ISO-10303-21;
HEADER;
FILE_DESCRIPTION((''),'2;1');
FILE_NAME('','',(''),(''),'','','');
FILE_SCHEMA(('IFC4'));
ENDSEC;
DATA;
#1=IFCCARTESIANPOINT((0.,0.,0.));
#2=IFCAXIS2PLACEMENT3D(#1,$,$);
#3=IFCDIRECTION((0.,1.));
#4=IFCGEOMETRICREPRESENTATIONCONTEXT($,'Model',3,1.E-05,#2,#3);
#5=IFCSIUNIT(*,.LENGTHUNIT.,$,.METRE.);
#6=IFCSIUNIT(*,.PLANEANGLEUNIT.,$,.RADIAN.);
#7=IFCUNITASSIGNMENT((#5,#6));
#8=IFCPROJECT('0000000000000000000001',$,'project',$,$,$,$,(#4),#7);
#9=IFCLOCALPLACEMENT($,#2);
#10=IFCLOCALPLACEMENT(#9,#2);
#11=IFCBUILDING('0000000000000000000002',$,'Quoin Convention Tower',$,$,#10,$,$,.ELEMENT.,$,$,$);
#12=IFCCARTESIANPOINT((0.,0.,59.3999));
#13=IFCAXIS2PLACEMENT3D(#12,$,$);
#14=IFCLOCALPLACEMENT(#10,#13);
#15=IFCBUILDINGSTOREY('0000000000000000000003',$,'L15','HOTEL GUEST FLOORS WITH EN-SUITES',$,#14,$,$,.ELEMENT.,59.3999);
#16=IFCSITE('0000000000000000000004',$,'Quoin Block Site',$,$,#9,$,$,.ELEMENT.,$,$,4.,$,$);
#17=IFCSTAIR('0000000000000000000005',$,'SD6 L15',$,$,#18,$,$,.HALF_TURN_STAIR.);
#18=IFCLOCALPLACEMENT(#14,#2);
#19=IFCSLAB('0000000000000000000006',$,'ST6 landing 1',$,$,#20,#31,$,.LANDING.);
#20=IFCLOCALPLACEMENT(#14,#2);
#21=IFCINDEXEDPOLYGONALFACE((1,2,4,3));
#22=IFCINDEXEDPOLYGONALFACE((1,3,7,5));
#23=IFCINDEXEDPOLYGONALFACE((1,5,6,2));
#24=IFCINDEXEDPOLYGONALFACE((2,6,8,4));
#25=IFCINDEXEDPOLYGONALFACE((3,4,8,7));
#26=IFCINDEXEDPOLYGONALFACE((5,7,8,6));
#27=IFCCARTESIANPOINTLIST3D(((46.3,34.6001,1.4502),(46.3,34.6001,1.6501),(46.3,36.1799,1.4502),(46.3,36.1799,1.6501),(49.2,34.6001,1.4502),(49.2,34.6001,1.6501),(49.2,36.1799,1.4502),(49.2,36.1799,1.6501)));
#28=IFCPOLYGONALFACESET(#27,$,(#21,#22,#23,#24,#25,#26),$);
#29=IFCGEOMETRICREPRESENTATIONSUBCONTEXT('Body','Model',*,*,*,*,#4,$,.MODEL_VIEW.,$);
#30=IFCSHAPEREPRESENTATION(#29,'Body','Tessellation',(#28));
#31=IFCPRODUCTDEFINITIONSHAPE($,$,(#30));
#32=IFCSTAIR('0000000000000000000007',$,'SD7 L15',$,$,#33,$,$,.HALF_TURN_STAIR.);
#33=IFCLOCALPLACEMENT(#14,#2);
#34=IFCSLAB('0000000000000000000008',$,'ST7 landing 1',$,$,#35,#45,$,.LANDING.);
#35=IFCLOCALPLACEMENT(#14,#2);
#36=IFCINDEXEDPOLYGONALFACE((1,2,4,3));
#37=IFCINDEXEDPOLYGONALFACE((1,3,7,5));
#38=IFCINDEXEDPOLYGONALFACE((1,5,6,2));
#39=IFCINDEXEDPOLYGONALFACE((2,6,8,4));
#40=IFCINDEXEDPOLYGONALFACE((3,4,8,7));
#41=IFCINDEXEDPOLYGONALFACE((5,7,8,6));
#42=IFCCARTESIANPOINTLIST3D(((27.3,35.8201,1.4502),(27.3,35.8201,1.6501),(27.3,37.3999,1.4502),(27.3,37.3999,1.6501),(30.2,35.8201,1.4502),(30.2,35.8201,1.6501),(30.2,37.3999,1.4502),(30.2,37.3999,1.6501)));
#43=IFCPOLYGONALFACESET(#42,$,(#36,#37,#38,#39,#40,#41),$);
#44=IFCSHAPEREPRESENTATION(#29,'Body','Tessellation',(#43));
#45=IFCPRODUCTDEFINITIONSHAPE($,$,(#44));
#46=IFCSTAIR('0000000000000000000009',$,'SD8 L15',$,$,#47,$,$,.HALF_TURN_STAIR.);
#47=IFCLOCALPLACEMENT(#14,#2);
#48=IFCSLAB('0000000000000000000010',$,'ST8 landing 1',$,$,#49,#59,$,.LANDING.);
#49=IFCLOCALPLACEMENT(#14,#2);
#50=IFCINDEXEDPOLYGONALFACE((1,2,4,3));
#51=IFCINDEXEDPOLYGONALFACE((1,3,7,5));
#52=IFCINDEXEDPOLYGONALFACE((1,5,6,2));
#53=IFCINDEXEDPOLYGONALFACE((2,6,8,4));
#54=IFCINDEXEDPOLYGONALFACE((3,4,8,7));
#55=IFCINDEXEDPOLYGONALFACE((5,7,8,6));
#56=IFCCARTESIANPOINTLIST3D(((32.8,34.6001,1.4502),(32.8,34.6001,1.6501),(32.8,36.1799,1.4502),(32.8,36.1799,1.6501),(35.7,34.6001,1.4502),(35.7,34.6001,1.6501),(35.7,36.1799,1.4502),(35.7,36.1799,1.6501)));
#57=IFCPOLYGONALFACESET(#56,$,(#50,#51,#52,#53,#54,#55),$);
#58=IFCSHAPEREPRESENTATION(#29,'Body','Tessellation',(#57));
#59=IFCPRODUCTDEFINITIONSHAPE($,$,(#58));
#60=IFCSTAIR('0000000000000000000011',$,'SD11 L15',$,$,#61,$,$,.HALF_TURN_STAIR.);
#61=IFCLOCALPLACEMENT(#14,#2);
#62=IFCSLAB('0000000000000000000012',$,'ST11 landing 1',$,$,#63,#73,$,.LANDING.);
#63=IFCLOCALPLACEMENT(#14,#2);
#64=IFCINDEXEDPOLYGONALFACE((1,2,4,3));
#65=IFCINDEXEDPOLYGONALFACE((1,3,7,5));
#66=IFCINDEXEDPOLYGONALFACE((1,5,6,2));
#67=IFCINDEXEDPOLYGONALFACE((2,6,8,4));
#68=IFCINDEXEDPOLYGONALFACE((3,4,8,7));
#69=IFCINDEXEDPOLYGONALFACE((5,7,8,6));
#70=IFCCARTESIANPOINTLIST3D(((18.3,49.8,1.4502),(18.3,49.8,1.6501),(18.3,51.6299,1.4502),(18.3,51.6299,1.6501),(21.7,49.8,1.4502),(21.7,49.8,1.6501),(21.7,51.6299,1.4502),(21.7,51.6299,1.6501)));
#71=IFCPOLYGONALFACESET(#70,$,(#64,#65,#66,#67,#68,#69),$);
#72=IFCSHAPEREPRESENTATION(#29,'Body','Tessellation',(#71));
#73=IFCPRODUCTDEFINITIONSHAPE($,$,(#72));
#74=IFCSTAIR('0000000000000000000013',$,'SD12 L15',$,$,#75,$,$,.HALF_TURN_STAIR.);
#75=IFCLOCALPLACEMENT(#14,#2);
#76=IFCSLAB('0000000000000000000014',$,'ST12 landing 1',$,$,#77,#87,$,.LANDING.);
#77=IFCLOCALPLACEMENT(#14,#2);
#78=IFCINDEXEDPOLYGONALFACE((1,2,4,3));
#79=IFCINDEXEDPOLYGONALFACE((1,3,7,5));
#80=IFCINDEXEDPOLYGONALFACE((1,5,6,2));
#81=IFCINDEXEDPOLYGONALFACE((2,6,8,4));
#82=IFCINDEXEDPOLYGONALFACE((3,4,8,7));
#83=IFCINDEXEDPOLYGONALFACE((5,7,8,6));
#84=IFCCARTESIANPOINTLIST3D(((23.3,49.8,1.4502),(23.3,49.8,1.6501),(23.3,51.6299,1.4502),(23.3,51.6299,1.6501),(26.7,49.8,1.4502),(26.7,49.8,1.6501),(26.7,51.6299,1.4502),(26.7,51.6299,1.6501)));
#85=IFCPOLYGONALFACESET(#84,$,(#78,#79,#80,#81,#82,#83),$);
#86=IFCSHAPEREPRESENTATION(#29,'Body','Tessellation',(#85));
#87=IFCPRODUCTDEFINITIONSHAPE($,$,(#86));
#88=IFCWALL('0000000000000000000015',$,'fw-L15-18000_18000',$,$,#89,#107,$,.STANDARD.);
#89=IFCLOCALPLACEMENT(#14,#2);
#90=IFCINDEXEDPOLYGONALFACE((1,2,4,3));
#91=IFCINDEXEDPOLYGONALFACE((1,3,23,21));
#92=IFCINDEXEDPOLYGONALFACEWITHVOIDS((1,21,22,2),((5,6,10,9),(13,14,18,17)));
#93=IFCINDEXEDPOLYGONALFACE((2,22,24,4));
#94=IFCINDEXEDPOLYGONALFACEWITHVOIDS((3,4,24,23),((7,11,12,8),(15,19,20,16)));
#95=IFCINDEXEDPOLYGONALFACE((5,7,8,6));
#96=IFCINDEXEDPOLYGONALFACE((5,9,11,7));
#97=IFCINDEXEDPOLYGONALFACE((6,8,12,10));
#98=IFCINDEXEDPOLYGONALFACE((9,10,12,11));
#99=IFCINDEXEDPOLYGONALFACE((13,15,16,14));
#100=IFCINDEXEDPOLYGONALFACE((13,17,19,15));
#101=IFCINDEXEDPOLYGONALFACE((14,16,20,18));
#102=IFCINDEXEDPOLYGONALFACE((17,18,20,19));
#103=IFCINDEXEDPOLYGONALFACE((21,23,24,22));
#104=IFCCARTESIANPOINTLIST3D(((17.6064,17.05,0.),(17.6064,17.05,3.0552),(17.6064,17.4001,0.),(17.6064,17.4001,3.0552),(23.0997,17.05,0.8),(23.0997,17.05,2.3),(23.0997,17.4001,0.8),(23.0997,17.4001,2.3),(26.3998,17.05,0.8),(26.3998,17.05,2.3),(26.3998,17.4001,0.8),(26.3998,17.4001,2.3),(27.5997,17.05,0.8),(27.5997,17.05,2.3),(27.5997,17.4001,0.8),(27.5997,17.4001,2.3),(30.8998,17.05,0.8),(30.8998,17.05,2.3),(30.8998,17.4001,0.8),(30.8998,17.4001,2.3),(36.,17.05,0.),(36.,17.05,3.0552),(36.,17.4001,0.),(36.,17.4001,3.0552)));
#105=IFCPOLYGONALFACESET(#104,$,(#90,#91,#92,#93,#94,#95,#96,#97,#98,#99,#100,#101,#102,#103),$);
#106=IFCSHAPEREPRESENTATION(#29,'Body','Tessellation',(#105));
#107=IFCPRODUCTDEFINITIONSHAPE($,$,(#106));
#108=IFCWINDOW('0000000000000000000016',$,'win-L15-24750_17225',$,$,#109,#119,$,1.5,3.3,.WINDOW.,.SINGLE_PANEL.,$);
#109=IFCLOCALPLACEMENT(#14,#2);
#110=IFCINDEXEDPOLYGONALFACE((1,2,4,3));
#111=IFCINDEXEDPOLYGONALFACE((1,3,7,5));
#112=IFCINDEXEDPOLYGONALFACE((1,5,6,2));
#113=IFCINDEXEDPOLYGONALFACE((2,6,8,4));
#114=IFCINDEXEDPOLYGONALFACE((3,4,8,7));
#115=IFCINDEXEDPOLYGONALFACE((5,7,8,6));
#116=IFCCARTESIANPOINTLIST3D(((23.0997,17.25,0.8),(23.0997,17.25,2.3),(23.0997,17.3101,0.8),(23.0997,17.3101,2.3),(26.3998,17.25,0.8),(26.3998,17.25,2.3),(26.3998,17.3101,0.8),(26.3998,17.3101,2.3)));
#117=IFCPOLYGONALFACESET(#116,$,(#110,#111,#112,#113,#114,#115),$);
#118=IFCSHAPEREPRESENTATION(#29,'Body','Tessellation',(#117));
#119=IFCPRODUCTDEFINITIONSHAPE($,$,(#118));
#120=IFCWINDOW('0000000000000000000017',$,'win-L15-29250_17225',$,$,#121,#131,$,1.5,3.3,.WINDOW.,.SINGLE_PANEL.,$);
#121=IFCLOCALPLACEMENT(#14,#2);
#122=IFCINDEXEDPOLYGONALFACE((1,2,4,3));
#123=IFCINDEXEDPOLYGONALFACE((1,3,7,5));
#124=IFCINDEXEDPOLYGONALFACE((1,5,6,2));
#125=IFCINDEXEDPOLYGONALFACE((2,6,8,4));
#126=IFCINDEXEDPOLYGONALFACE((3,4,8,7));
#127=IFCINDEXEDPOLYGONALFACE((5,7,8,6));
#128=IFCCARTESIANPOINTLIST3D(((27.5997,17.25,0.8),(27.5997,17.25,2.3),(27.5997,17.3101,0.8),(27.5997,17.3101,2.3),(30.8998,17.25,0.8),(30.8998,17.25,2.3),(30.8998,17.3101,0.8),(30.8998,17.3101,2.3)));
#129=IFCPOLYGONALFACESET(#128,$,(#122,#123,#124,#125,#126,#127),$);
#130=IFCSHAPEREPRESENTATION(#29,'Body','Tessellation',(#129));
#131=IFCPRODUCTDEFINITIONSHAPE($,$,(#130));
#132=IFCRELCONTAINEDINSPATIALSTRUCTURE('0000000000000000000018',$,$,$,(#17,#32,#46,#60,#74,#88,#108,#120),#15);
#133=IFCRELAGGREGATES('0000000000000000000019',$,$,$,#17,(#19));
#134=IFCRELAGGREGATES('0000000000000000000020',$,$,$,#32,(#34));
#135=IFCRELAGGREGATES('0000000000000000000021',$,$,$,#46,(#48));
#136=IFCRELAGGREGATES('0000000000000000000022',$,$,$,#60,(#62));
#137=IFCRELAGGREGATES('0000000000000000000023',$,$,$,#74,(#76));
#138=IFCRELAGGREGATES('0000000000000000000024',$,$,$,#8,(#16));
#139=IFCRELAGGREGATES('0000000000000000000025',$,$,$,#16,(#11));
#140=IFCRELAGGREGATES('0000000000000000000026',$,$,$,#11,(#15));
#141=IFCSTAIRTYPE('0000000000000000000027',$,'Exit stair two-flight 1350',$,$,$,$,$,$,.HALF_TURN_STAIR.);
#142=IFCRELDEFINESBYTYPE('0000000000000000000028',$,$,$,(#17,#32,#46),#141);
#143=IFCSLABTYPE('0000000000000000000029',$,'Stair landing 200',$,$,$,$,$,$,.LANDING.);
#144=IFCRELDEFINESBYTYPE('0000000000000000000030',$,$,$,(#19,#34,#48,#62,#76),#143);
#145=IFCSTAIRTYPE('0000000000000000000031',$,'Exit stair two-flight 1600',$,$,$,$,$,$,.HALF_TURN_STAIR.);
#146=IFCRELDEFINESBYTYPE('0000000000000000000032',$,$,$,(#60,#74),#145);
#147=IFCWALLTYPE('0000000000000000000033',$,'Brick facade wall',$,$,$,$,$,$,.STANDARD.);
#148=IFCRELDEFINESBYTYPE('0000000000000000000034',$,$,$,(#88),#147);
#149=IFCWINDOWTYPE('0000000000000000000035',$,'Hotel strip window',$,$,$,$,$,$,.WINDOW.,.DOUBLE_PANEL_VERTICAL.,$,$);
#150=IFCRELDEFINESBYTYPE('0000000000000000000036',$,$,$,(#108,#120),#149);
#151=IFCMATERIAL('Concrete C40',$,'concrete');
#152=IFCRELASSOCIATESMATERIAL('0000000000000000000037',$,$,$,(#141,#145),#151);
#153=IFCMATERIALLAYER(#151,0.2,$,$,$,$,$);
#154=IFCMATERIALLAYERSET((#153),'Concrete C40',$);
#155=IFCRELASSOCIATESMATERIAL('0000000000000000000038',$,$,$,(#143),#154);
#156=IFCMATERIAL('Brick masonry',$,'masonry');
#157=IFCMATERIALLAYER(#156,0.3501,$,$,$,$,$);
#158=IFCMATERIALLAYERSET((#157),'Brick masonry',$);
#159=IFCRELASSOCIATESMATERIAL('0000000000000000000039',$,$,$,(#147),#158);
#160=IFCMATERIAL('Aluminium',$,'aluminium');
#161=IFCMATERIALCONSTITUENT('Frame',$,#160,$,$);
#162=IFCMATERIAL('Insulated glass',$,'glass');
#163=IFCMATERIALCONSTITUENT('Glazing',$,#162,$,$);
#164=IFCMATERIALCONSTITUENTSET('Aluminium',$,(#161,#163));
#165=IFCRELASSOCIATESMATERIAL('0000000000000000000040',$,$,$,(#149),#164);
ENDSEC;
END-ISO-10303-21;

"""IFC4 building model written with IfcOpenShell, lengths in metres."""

from ifc_helpers import new_model, si_unit, direction, frame, frame_2d, origin, place, context, subcontext, project, spatial, polyline, rectangle, outline, extrude, material, layer, layer_set, constituent, constituent_set, type_object, element, fill, aggregate, save


model = new_model("IFC4")

# Units and contexts
model_context = context("Model", 3, precision=1e-05, world=origin(), true_north=direction((0.0, 1.0)))
body_context = subcontext(model_context, "Body", "Model", "MODEL_VIEW")
ifc_project = project(units=[si_unit("LENGTHUNIT", "METRE"), si_unit("PLANEANGLEUNIT", "RADIAN")], contexts=[model_context])

# Site, building, storey
site_placement = place(None, origin())
site = spatial("IfcSite", under=ifc_project, at=site_placement, Name="Quoin Block Site", CompositionType="ELEMENT", RefElevation=4.0)
building_placement = place(site_placement, origin())
building = spatial("IfcBuilding", under=site, at=building_placement, Name="Quoin Convention Tower", CompositionType="ELEMENT")
storey_placement = place(building_placement, frame((0.0, 0.0, 59.3999)))
storey = spatial("IfcBuildingStorey", under=building, at=storey_placement, Name="L15", Description="HOTEL GUEST FLOORS WITH EN-SUITES", CompositionType="ELEMENT", Elevation=59.3999)

# Stairs, slabs
ifc_material_1 = material(Name="Concrete C40", Category="concrete")
stair_type_1 = type_object("IfcStairType", Name="Exit stair two-flight 1350", PredefinedType="HALF_TURN_STAIR", material=ifc_material_1)
ifc_layer_1 = layer(ifc_material_1, 0.2)
ifc_layer_set_1 = layer_set([ifc_layer_1], Name="Concrete C40")
slab_type_1 = type_object("IfcSlabType", Name="Stair landing 200", PredefinedType="LANDING", material=ifc_layer_set_1)
stair_1_placement = place(storey_placement, origin())
stair_1 = element("IfcStair", 1, at=stair_1_placement, inside=storey, type_object=stair_type_1, Name="SD6 L15", PredefinedType="HALF_TURN_STAIR")
slab_1_placement = place(storey_placement, frame((0.0, 0.0, 1.4502)))
slab_1 = element("IfcSlab", 2, at=slab_1_placement, type_object=slab_type_1, Name="ST6 landing 1", PredefinedType="LANDING", context=body_context, shape_type="SweptSolid", body=[
    extrude(outline(polyline([(49.2, 36.1799), (46.3, 36.1799), (46.3, 34.6001), (49.2, 34.6001), (49.2, 36.1799)])), origin(), (0.0, 0.0, 1.0), 0.2),
])
aggregate(stair_1, [slab_1])
stair_2_placement = place(storey_placement, origin())
stair_2 = element("IfcStair", 3, at=stair_2_placement, inside=storey, type_object=stair_type_1, Name="SD7 L15", PredefinedType="HALF_TURN_STAIR")
slab_2_placement = place(storey_placement, frame((0.0, 0.0, 1.4502)))
slab_2 = element("IfcSlab", 4, at=slab_2_placement, type_object=slab_type_1, Name="ST7 landing 1", PredefinedType="LANDING", context=body_context, shape_type="SweptSolid", body=[
    extrude(outline(polyline([(27.3, 35.8201), (30.2, 35.8201), (30.2, 37.3999), (27.3, 37.3999), (27.3, 35.8201)])), origin(), (0.0, 0.0, 1.0), 0.2),
])
aggregate(stair_2, [slab_2])
stair_3_placement = place(storey_placement, origin())
stair_3 = element("IfcStair", 5, at=stair_3_placement, inside=storey, type_object=stair_type_1, Name="SD8 L15", PredefinedType="HALF_TURN_STAIR")
slab_3_placement = place(storey_placement, frame((0.0, 0.0, 1.4502)))
slab_3 = element("IfcSlab", 6, at=slab_3_placement, type_object=slab_type_1, Name="ST8 landing 1", PredefinedType="LANDING", context=body_context, shape_type="SweptSolid", body=[
    extrude(outline(polyline([(35.7, 36.1799), (32.8, 36.1799), (32.8, 34.6001), (35.7, 34.6001), (35.7, 36.1799)])), origin(), (0.0, 0.0, 1.0), 0.2),
])
aggregate(stair_3, [slab_3])
stair_type_2 = type_object("IfcStairType", Name="Exit stair two-flight 1600", PredefinedType="HALF_TURN_STAIR", material=ifc_material_1)
stair_4_placement = place(storey_placement, origin())
stair_4 = element("IfcStair", 7, at=stair_4_placement, inside=storey, type_object=stair_type_2, Name="SD11 L15", PredefinedType="HALF_TURN_STAIR")
slab_4_placement = place(storey_placement, frame((0.0, 0.0, 1.4502)))
slab_4 = element("IfcSlab", 8, at=slab_4_placement, type_object=slab_type_1, Name="ST11 landing 1", PredefinedType="LANDING", context=body_context, shape_type="SweptSolid", body=[
    extrude(outline(polyline([(21.7, 51.6299), (18.3, 51.6299), (18.3, 49.8), (21.7, 49.8), (21.7, 51.6299)])), origin(), (0.0, 0.0, 1.0), 0.2),
])
aggregate(stair_4, [slab_4])
stair_5_placement = place(storey_placement, origin())
stair_5 = element("IfcStair", 9, at=stair_5_placement, inside=storey, type_object=stair_type_2, Name="SD12 L15", PredefinedType="HALF_TURN_STAIR")
slab_5_placement = place(storey_placement, frame((0.0, 0.0, 1.4502)))
slab_5 = element("IfcSlab", 10, at=slab_5_placement, type_object=slab_type_1, Name="ST12 landing 1", PredefinedType="LANDING", context=body_context, shape_type="SweptSolid", body=[
    extrude(outline(polyline([(26.7, 51.6299), (23.3, 51.6299), (23.3, 49.8), (26.7, 49.8), (26.7, 51.6299)])), origin(), (0.0, 0.0, 1.0), 0.2),
])
aggregate(stair_5, [slab_5])

# Wall, openings, windows
ifc_material_2 = material(Name="Brick masonry", Category="masonry")
ifc_layer_2 = layer(ifc_material_2, 0.3501)
ifc_layer_set_2 = layer_set([ifc_layer_2], Name="Brick masonry")
wall_type = type_object("IfcWallType", Name="Brick facade wall", PredefinedType="STANDARD", material=ifc_layer_set_2)
wall_placement = place(storey_placement, frame((17.6064, 17.2251, 0.0), z_axis=(0.0, 0.0, 1.0), x_axis=(1.0, 0.0, 0.0)))
wall = element("IfcWall", 11, at=wall_placement, inside=storey, type_object=wall_type, Name="fw-L15-18000_18000", PredefinedType="STANDARD", context=body_context, shape_type="SweptSolid", body=[
    extrude(rectangle(XDim=18.3936, YDim=0.3501, at=frame_2d((9.1968, 0.0))), origin(), (0.0, 0.0, 1.0), 3.0552),
])
opening_1_placement = place(wall_placement, frame((5.4934, 0.0, 0.8)))
opening_1 = element("IfcOpeningElement", 12, at=opening_1_placement, cuts=wall, PredefinedType="OPENING", context=body_context, shape_type="SweptSolid", body=[
    extrude(rectangle(XDim=3.3, YDim=1.5, at=frame_2d((1.6499, 0.75))), frame((0.0, 0.1851, 0.0), z_axis=(0.0, -1.0, 0.0), x_axis=(1.0, 0.0, 0.0)), (0.0, 0.0, 1.0), 0.3701),
])
opening_2_placement = place(wall_placement, frame((9.9934, 0.0, 0.8)))
opening_2 = element("IfcOpeningElement", 13, at=opening_2_placement, cuts=wall, PredefinedType="OPENING", context=body_context, shape_type="SweptSolid", body=[
    extrude(rectangle(XDim=3.3, YDim=1.5, at=frame_2d((1.6499, 0.75))), frame((0.0, 0.1851, 0.0), z_axis=(0.0, -1.0, 0.0), x_axis=(1.0, 0.0, 0.0)), (0.0, 0.0, 1.0), 0.3701),
])
ifc_material_3 = material(Name="Aluminium", Category="aluminium")
ifc_constituent_1 = constituent(ifc_material_3, Name="Frame")
ifc_material_4 = material(Name="Insulated glass", Category="glass")
ifc_constituent_2 = constituent(ifc_material_4, Name="Glazing")
ifc_constituent_set = constituent_set(constituents=[ifc_constituent_1, ifc_constituent_2], Name="Aluminium")
window_type = type_object("IfcWindowType", Name="Hotel strip window", PartitioningType="DOUBLE_PANEL_VERTICAL", PredefinedType="WINDOW", material=ifc_constituent_set)
window_1_placement = place(opening_1_placement, origin())
window_1 = element("IfcWindow", 14, at=window_1_placement, inside=storey, type_object=window_type, Name="win-L15-24750_17225", OverallHeight=1.5, OverallWidth=3.3, PartitioningType="SINGLE_PANEL", PredefinedType="WINDOW", context=body_context, shape_type="SweptSolid", body=[
    extrude(rectangle(XDim=3.3, YDim=1.5, at=frame_2d((1.6499, 0.75))), frame((0.0, 0.085, 0.0), z_axis=(0.0, -1.0, 0.0), x_axis=(1.0, 0.0, 0.0)), (0.0, 0.0, 1.0), 0.0601),
])
fill(opening_1, window_1)
window_2_placement = place(opening_2_placement, origin())
window_2 = element("IfcWindow", 15, at=window_2_placement, inside=storey, type_object=window_type, Name="win-L15-29250_17225", OverallHeight=1.5, OverallWidth=3.3, PartitioningType="SINGLE_PANEL", PredefinedType="WINDOW", context=body_context, shape_type="SweptSolid", body=[
    extrude(rectangle(XDim=3.3, YDim=1.5, at=frame_2d((1.6499, 0.75))), frame((0.0, 0.085, 0.0), z_axis=(0.0, -1.0, 0.0), x_axis=(1.0, 0.0, 0.0)), (0.0, 0.0, 1.0), 0.0601),
])
fill(opening_2, window_2)

save(model, "model.ifc")
